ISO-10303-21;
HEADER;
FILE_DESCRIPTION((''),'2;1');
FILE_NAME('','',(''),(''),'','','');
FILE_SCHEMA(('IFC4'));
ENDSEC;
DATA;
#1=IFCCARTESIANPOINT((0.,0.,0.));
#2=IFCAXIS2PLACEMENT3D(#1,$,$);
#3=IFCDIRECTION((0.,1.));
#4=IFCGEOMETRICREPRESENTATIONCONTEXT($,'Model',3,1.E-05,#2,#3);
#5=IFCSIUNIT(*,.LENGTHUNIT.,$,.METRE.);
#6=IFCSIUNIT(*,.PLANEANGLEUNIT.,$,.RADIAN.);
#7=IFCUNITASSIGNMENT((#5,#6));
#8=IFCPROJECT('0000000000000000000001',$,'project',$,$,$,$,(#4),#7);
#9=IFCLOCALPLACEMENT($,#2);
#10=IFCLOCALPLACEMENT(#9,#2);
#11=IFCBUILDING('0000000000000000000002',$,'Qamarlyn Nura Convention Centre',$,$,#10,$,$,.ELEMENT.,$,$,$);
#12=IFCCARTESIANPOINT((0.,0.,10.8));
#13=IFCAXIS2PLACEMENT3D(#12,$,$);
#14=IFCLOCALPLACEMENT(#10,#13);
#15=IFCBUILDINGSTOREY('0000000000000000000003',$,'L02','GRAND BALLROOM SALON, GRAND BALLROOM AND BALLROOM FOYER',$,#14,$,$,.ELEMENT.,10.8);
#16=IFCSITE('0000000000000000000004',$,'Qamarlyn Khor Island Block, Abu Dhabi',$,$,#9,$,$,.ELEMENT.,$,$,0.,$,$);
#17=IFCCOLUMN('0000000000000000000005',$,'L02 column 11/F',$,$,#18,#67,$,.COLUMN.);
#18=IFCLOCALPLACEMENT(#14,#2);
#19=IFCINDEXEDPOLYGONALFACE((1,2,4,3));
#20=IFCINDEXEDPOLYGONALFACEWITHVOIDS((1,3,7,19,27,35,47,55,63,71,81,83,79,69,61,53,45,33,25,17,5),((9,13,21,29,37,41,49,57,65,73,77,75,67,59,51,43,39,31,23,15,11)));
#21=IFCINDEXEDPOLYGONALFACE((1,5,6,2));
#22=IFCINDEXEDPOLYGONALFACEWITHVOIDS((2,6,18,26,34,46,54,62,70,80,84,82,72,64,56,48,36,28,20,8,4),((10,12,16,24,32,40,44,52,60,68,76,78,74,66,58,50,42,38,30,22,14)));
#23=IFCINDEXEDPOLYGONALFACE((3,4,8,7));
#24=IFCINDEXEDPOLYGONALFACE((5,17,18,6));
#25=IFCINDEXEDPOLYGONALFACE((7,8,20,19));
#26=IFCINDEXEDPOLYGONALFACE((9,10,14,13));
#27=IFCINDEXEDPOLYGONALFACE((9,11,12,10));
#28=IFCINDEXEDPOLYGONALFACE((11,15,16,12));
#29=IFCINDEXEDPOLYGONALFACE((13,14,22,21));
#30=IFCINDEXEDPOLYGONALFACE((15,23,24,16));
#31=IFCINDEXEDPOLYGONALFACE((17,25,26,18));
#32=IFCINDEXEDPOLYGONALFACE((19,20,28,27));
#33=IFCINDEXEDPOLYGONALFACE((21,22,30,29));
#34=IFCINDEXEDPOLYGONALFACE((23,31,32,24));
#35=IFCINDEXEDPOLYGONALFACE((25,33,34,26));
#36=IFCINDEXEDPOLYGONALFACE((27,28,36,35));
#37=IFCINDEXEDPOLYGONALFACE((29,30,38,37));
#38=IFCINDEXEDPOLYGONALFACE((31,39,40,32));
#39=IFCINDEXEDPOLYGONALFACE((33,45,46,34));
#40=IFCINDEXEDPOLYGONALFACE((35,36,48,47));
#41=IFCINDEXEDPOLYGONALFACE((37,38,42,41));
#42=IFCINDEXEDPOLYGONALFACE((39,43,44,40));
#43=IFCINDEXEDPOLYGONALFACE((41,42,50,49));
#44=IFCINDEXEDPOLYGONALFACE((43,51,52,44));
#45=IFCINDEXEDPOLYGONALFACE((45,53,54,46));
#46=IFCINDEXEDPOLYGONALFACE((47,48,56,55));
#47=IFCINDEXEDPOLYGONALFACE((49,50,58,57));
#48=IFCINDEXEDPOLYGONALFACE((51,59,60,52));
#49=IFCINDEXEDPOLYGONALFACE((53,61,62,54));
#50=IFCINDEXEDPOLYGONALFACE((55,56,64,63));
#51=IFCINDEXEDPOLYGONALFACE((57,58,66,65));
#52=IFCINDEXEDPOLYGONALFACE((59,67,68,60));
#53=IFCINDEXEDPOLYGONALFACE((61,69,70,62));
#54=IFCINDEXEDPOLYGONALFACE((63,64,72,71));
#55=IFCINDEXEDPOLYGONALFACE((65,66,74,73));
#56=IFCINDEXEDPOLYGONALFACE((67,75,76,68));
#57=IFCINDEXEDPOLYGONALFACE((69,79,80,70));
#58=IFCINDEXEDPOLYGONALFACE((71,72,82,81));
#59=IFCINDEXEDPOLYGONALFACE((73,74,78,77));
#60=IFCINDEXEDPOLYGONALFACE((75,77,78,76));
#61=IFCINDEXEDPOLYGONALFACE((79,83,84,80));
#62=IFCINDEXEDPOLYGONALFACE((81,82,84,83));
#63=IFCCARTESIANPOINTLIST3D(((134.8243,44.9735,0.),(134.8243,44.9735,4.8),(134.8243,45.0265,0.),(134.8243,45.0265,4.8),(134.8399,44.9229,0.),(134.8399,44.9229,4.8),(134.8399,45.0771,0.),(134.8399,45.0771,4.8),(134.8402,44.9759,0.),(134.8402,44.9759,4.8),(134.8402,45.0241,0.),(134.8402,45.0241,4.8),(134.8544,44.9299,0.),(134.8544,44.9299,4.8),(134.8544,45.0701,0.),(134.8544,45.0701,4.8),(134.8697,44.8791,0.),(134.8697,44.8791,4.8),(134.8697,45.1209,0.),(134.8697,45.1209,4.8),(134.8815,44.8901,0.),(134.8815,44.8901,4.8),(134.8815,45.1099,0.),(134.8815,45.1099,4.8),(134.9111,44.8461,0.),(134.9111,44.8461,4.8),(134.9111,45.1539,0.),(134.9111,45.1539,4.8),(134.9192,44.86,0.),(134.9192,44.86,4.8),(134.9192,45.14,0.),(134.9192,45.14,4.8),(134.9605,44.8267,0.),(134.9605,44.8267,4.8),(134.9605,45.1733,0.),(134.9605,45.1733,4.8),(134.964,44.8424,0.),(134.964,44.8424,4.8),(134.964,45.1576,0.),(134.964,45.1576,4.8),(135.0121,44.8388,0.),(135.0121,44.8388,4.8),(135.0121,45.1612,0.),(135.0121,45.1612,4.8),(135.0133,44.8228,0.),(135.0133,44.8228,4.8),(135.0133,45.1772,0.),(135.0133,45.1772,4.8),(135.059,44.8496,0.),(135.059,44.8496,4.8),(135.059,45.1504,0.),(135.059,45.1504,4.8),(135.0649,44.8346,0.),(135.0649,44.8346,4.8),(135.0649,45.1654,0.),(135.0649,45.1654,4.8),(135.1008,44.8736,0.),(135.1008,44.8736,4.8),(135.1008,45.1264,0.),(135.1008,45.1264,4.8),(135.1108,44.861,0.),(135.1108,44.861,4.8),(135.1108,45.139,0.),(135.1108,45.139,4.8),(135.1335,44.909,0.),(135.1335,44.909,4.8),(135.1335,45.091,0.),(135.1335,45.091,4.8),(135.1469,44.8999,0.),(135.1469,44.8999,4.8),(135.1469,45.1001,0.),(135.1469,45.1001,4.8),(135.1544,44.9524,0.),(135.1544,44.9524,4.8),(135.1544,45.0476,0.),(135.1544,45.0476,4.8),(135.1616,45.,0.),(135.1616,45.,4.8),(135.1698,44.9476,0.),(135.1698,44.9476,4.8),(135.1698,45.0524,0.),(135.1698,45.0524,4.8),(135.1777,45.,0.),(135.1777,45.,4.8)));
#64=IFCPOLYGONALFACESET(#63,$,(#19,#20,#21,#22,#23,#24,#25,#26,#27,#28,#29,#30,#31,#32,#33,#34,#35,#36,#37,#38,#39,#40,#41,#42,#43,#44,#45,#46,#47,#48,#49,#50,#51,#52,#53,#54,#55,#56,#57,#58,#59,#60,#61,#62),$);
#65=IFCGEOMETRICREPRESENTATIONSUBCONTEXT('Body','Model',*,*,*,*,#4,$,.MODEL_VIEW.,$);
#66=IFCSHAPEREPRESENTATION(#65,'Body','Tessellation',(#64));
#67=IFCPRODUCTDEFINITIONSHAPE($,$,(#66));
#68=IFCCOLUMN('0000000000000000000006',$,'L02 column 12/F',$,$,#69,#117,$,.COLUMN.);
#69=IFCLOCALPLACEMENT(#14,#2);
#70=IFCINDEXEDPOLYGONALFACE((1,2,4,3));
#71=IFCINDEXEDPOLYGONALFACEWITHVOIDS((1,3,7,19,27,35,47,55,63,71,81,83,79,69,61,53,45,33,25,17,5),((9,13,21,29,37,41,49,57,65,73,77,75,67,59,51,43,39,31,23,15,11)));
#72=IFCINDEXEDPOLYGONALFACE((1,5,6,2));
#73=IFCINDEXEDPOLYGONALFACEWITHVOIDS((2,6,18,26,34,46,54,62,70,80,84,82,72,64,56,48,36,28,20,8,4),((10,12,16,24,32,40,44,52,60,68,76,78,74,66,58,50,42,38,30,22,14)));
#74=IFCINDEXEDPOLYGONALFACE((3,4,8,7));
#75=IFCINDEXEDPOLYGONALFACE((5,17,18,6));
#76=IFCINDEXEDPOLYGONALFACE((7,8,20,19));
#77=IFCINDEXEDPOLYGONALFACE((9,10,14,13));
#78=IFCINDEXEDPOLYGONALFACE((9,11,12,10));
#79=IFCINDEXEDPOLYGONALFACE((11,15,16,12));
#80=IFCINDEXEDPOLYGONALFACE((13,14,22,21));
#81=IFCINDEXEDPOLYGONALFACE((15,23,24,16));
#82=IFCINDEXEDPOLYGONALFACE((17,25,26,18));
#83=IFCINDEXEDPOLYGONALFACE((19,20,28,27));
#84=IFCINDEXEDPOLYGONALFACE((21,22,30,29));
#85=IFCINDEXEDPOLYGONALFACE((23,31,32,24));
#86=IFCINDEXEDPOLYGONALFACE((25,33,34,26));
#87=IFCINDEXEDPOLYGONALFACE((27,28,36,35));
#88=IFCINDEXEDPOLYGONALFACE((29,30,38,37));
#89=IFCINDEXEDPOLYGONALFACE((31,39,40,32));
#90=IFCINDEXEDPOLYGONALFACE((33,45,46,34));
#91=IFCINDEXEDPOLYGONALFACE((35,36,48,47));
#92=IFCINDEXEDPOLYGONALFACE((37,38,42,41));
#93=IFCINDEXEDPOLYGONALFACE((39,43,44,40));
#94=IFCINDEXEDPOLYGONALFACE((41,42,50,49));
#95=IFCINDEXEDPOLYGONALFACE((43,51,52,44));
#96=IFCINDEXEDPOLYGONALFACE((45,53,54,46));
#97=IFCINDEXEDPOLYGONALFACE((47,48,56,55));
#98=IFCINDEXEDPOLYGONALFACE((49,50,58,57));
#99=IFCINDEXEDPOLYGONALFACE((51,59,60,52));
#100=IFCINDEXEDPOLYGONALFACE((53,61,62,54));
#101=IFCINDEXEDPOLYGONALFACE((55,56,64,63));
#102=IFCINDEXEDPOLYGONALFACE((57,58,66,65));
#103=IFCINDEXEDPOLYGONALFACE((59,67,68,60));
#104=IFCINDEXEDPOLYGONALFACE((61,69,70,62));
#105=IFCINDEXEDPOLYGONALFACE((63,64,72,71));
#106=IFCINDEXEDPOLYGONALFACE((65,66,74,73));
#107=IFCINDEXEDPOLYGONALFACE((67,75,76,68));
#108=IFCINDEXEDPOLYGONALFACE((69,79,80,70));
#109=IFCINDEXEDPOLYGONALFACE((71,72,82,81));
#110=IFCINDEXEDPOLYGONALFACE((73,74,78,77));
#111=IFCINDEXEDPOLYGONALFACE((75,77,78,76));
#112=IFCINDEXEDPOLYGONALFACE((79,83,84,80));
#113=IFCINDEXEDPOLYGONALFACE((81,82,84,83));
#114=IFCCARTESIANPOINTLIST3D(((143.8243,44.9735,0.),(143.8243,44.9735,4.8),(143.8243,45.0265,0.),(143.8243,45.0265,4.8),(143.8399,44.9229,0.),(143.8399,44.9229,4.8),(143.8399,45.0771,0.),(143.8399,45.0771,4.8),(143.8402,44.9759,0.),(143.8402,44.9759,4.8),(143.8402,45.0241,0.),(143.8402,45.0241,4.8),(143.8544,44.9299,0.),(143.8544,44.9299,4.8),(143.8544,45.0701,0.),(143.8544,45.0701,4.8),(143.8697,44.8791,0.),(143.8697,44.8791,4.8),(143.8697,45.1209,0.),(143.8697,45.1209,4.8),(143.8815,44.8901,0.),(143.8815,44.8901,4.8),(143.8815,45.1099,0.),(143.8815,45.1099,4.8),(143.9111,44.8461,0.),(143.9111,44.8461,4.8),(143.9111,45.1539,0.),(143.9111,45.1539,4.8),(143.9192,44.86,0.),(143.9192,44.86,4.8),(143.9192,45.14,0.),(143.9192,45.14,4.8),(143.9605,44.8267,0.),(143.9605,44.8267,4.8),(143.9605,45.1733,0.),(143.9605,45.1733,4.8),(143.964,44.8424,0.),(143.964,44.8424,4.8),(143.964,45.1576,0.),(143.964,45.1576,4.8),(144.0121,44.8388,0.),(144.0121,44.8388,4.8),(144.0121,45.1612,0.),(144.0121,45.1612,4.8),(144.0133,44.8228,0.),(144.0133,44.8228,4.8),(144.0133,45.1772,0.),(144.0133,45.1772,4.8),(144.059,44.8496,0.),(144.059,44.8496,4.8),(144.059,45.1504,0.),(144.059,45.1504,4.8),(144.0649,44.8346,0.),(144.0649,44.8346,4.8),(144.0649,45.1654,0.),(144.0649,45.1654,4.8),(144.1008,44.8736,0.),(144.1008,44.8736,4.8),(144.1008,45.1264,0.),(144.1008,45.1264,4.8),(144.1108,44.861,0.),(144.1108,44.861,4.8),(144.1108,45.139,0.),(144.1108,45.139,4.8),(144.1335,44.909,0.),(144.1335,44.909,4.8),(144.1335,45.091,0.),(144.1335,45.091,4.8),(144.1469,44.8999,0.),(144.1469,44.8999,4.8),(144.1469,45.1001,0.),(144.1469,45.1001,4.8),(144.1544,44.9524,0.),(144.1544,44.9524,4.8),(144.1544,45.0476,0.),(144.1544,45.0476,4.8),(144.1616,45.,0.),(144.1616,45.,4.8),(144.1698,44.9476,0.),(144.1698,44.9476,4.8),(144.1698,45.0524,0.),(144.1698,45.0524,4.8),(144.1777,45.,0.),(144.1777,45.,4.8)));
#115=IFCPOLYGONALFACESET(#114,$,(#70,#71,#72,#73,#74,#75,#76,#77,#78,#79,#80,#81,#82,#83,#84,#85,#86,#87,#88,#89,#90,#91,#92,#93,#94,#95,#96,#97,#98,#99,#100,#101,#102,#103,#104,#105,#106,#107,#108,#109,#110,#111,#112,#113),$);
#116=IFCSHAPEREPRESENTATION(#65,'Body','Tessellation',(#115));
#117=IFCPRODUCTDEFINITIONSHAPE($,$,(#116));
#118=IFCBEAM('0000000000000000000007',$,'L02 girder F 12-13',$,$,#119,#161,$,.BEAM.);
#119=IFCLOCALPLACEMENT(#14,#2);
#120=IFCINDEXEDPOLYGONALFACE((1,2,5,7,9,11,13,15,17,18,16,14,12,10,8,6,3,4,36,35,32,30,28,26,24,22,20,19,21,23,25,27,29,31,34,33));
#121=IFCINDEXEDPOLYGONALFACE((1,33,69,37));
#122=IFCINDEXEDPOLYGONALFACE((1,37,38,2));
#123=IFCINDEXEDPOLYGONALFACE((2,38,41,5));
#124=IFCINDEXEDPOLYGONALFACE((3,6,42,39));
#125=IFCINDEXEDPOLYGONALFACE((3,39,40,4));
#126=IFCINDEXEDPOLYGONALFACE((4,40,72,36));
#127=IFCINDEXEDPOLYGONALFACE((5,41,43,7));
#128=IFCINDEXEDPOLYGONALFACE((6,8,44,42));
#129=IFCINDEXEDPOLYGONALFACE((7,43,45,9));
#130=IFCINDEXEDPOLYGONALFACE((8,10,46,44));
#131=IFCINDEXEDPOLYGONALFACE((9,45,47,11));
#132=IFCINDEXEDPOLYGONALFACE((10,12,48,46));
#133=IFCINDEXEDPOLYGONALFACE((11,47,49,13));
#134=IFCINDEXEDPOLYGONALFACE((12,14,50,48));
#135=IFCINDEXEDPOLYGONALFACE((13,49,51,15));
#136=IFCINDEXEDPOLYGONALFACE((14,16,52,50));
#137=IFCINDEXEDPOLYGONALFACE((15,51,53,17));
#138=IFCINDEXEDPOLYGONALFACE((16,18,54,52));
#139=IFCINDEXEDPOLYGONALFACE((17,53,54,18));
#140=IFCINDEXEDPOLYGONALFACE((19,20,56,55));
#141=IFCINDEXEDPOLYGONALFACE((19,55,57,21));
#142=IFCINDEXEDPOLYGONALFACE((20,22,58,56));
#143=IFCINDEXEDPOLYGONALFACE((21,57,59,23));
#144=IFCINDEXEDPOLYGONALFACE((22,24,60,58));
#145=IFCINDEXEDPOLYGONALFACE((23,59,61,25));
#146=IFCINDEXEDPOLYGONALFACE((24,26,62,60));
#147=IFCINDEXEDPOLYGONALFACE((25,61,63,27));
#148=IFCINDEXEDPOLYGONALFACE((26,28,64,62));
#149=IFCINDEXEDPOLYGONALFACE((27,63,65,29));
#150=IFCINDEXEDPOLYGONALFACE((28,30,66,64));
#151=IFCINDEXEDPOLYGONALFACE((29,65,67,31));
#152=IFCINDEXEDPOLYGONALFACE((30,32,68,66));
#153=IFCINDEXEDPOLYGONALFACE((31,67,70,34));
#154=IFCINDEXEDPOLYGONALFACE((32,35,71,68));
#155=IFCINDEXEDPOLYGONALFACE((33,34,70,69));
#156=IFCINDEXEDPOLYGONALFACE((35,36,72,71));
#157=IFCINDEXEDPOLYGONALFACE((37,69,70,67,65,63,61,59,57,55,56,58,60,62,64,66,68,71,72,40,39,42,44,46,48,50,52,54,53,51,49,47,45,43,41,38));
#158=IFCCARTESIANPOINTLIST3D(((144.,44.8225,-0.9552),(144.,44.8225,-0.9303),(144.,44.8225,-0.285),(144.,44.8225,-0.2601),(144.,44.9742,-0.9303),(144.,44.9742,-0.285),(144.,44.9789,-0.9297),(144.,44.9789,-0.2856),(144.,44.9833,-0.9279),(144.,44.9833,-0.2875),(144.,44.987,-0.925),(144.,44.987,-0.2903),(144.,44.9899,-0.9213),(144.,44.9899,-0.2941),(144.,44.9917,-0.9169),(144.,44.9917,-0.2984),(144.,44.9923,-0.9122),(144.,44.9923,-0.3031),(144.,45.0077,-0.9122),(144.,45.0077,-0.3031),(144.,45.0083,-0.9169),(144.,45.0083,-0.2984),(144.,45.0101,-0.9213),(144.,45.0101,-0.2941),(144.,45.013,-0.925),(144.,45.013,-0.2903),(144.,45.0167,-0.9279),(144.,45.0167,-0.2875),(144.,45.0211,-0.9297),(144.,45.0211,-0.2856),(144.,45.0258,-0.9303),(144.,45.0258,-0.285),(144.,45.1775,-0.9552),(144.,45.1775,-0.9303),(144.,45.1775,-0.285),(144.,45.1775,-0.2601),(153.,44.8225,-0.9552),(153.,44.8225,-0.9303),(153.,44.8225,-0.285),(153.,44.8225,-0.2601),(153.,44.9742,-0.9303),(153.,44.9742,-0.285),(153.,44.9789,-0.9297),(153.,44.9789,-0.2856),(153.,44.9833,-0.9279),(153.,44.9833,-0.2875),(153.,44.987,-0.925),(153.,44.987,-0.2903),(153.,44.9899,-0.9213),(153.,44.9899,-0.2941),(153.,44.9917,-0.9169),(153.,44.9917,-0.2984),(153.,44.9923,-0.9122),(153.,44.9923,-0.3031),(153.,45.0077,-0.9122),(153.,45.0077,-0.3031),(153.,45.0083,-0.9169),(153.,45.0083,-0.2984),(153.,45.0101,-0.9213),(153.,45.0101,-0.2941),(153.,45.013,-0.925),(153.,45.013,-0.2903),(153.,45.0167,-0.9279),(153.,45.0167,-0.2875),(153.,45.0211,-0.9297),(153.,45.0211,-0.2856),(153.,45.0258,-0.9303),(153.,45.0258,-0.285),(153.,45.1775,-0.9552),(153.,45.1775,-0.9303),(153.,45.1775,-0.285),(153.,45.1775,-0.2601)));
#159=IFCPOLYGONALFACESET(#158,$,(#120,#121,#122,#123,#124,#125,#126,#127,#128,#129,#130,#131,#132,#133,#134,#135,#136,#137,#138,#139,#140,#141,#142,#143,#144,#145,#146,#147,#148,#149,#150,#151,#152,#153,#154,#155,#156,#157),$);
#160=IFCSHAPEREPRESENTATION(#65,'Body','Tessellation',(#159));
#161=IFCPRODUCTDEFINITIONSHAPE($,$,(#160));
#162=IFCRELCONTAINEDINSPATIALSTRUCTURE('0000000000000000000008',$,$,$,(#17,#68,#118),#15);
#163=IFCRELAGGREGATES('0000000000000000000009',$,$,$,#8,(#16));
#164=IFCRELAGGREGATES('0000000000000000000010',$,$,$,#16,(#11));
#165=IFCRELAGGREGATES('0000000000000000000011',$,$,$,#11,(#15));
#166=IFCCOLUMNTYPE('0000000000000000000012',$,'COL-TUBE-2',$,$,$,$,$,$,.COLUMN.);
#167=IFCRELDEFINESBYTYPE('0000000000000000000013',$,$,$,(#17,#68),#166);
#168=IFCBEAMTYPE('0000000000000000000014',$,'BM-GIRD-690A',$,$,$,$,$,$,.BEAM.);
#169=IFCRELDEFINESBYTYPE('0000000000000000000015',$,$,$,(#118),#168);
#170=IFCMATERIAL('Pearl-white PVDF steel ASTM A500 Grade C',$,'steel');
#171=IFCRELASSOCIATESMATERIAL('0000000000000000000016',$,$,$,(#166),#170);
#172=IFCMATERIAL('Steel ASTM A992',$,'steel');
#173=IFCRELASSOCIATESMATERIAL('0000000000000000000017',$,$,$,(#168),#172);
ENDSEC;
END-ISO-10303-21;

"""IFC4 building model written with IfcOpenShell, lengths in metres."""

from ifc_helpers import new_model, si_unit, direction, frame, origin, origin_2d, place, context, subcontext, project, spatial, hollow_circle, i_section, extrude, material, material_profile, profile_set, type_object, element, save


model = new_model("IFC4")

# Units and contexts
model_context = context("Model", 3, precision=1e-05, world=origin(), true_north=direction((0.0, 1.0)))
body_context = subcontext(model_context, "Body", "Model", "MODEL_VIEW")
ifc_project = project(units=[si_unit("LENGTHUNIT", "METRE"), si_unit("PLANEANGLEUNIT", "RADIAN")], contexts=[model_context])

# Site, building, storey
site_placement = place(None, origin())
site = spatial("IfcSite", under=ifc_project, at=site_placement, Name="Qamarlyn Khor Island Block, Abu Dhabi", CompositionType="ELEMENT", RefElevation=0.0)
building_placement = place(site_placement, origin())
building = spatial("IfcBuilding", under=site, at=building_placement, Name="Qamarlyn Nura Convention Centre", CompositionType="ELEMENT")
storey_placement = place(building_placement, frame((0.0, 0.0, 10.8)))
storey = spatial("IfcBuildingStorey", under=building, at=storey_placement, Name="L02", Description="GRAND BALLROOM SALON, GRAND BALLROOM AND BALLROOM FOYER", CompositionType="ELEMENT", Elevation=10.8)

# Columns
ifc_material_1 = material(Name="Pearl-white PVDF steel ASTM A500 Grade C", Category="steel")
ifc_material_profile_1 = material_profile(ifc_material_1, hollow_circle(Radius=0.1777, WallThickness=0.0161, at=origin_2d()), Name="CHS355.6X16")
ifc_profile_set_1 = profile_set([ifc_material_profile_1], Name="Pearl-white PVDF steel ASTM A500 Grade C")
column_type = type_object("IfcColumnType", Name="COL-TUBE-2", PredefinedType="COLUMN", material=ifc_profile_set_1)
for number, where, z_axis, x_axis, name in (
    (1, (135.0, 45.0, 0.0), (0.0, 0.0, 1.0), (1.0, 0.0, 0.0), "L02 column 11/F"),
    (2, (144.0, 45.0, 0.0), (0.0, 0.0, 1.0), (1.0, 0.0, 0.0), "L02 column 12/F"),
):
    element("IfcColumn", number, at=place(storey_placement, frame(where, z_axis=z_axis, x_axis=x_axis)), inside=storey, type_object=column_type, Name=name, PredefinedType="COLUMN", context=body_context, shape_type="SweptSolid", body=[
        extrude(hollow_circle(Radius=0.1777, WallThickness=0.0161, at=origin_2d()), origin(), (0.0, 0.0, 1.0), 4.8),
    ])

# Beam
ifc_material_2 = material(Name="Steel ASTM A992", Category="steel")
ifc_material_profile_2 = material_profile(ifc_material_2, i_section(OverallWidth=0.355, OverallDepth=0.6951, WebThickness=0.0154, FlangeThickness=0.0249, FilletRadius=0.0181, at=origin_2d()), Name="W690X217")
ifc_profile_set_2 = profile_set([ifc_material_profile_2], Name="Steel ASTM A992")
beam_type_1 = type_object("IfcBeamType", Name="BM-GIRD-690A", PredefinedType="BEAM", material=ifc_profile_set_2)
beam_1_placement = place(storey_placement, frame((144.0, 45.0, -0.6077), z_axis=(1.0, 0.0, 0.0), x_axis=(0.0, 1.0, 0.0)))
element("IfcBeam", 3, at=beam_1_placement, inside=storey, type_object=beam_type_1, Name="L02 girder F 12-13", PredefinedType="BEAM", context=body_context, shape_type="SweptSolid", body=[
    extrude(i_section(OverallWidth=0.355, OverallDepth=0.6951, WebThickness=0.0154, FlangeThickness=0.0249, FilletRadius=0.0181, at=origin_2d()), origin(), (0.0, 0.0, 1.0), 9.0),
])

save(model, "model.ifc")
